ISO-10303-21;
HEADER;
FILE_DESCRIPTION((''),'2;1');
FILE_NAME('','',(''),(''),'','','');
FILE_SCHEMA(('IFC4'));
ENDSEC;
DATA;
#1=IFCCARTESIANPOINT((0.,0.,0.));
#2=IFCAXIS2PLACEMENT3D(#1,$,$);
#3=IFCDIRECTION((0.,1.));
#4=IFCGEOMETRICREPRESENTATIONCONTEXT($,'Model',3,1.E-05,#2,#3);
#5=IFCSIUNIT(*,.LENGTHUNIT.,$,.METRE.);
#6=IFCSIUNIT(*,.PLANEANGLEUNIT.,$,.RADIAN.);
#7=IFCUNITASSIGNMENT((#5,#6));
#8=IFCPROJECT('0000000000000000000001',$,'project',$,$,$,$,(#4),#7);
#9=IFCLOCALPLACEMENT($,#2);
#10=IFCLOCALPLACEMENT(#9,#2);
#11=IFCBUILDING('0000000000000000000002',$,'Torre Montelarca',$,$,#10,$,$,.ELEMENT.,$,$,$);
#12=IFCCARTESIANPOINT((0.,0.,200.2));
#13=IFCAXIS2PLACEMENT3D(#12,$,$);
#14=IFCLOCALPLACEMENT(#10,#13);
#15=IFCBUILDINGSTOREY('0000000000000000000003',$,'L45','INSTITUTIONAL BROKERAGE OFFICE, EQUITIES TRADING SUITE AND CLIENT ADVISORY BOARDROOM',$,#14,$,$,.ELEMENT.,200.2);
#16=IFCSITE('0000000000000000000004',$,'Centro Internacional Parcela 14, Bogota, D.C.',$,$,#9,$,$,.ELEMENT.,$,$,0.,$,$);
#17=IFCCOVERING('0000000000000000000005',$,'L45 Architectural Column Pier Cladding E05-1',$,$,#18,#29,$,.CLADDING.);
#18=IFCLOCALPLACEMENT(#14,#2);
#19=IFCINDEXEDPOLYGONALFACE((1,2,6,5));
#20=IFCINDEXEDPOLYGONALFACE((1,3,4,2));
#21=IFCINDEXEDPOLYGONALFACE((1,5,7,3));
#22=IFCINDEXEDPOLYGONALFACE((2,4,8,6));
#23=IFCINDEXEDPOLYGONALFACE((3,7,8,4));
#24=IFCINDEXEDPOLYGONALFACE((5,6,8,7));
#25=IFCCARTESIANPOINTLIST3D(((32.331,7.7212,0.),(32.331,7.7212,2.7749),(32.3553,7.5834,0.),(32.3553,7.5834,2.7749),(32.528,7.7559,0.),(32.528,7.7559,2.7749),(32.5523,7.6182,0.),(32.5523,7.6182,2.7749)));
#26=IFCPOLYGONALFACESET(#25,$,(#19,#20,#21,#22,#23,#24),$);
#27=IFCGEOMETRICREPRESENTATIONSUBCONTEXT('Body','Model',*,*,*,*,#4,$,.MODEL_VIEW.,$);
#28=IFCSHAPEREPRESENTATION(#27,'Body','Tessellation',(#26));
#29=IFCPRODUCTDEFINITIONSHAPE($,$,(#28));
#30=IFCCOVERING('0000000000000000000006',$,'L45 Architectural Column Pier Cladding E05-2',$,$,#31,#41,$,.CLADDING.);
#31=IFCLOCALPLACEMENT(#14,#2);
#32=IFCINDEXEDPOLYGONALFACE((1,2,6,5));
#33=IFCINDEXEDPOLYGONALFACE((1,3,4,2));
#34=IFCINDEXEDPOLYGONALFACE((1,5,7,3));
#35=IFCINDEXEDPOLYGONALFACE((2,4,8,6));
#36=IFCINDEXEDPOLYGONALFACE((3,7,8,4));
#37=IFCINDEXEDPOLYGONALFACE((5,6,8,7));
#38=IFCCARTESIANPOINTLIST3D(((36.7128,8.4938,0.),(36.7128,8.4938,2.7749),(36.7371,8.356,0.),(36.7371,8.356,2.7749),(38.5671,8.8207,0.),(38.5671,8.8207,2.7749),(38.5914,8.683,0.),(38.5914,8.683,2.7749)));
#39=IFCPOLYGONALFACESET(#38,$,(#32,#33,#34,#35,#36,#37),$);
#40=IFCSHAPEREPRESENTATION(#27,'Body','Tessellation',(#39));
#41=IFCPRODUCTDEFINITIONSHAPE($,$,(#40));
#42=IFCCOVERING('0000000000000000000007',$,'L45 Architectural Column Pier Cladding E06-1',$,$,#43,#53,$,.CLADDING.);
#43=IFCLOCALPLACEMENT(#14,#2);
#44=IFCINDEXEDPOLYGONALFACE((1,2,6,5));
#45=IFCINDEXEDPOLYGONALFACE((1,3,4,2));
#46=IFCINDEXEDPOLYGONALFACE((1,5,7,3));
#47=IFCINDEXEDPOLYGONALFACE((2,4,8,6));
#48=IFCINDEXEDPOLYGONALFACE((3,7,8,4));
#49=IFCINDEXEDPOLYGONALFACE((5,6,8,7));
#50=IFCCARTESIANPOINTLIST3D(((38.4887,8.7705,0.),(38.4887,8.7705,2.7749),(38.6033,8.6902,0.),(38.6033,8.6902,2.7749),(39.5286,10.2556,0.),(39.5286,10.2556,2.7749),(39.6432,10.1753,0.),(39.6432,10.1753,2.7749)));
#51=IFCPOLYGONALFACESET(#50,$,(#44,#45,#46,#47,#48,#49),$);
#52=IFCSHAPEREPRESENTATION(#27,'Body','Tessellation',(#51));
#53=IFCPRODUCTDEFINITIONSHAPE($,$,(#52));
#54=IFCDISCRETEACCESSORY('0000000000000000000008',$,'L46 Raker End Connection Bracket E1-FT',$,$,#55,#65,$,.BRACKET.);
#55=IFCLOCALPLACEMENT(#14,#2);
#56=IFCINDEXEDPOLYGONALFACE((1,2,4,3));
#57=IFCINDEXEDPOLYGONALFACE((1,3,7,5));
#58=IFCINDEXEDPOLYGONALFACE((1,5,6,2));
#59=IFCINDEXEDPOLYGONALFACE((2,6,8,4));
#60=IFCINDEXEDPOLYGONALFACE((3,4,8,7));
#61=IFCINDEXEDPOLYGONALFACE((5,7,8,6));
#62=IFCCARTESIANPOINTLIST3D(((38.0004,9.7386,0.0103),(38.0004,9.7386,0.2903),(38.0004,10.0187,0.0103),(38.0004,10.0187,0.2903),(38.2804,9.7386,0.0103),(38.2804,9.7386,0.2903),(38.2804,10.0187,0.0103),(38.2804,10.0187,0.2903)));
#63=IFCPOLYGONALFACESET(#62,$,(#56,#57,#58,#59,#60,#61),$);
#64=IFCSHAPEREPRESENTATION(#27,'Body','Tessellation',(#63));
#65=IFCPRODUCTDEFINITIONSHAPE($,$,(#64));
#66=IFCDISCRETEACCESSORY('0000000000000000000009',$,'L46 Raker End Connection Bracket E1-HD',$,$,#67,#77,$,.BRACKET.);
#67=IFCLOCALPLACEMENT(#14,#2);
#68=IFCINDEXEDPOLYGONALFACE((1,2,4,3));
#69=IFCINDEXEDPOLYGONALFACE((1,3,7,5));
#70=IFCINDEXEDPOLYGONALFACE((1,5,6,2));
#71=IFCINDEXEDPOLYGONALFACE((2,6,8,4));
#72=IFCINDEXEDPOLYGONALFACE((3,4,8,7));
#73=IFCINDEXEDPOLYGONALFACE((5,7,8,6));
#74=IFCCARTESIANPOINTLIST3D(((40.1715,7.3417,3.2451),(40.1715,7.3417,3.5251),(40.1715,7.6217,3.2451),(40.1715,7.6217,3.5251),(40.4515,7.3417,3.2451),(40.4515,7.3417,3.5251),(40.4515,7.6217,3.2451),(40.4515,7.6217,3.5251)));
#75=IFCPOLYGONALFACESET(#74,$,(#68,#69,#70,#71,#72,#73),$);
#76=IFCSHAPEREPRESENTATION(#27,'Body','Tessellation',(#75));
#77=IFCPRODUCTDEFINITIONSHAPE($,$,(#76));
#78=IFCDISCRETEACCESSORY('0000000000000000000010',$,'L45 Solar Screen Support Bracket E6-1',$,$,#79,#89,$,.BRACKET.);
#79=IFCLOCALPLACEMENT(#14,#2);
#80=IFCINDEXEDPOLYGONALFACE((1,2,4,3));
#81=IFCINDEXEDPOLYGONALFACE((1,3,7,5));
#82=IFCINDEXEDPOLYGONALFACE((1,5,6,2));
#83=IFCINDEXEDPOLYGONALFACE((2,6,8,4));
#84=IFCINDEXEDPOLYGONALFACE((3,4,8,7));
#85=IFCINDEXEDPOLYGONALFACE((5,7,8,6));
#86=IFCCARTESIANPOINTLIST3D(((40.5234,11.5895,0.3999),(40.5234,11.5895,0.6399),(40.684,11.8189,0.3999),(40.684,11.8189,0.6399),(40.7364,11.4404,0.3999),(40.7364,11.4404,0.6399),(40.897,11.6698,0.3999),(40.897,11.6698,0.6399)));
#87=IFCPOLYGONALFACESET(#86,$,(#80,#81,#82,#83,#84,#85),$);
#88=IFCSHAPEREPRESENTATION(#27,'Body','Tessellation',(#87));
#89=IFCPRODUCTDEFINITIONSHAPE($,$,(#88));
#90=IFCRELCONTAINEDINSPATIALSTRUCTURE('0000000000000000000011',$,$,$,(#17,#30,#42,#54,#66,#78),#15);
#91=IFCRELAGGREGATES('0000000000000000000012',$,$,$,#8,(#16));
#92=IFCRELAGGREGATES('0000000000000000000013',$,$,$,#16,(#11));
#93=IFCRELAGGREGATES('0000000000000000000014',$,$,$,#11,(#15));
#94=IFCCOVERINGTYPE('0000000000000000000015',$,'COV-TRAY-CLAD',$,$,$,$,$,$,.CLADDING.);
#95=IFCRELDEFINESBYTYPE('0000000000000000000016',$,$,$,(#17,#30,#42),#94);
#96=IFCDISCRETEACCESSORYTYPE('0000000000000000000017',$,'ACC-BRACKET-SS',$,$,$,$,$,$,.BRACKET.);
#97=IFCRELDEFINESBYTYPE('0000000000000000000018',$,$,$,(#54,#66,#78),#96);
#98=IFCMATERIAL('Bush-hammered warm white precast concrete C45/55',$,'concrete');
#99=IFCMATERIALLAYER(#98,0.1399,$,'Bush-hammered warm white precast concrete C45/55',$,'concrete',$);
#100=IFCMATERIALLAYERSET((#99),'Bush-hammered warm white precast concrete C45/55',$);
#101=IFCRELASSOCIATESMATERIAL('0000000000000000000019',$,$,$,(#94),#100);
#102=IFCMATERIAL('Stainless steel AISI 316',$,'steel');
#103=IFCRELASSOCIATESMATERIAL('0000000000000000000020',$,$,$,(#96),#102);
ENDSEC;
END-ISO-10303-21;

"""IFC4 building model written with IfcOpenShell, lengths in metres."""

from ifc_helpers import new_model, si_unit, direction, frame, origin, origin_2d, place, context, subcontext, project, spatial, rectangle, extrude, source, transform, mapped, material, layer, layer_set, type_object, element, save


model = new_model("IFC4")

# Units and contexts
model_context = context("Model", 3, precision=1e-05, world=origin(), true_north=direction((0.0, 1.0)))
body_context = subcontext(model_context, "Body", "Model", "MODEL_VIEW")
ifc_project = project(units=[si_unit("LENGTHUNIT", "METRE"), si_unit("PLANEANGLEUNIT", "RADIAN")], contexts=[model_context])

# Site, building, storey
site_placement = place(None, origin())
site = spatial("IfcSite", under=ifc_project, at=site_placement, Name="Centro Internacional Parcela 14, Bogota, D.C.", CompositionType="ELEMENT", RefElevation=0.0)
building_placement = place(site_placement, origin())
building = spatial("IfcBuilding", under=site, at=building_placement, Name="Torre Montelarca", CompositionType="ELEMENT")
storey_placement = place(building_placement, frame((0.0, 0.0, 200.2)))
storey = spatial("IfcBuildingStorey", under=building, at=storey_placement, Name="L45", Description="INSTITUTIONAL BROKERAGE OFFICE, EQUITIES TRADING SUITE AND CLIENT ADVISORY BOARDROOM", CompositionType="ELEMENT", Elevation=200.2)

# Shared definitions
ifc_material_1 = material(Name="Bush-hammered warm white precast concrete C45/55", Category="concrete")
ifc_layer_1 = layer(ifc_material_1, 0.1399, Name="Bush-hammered warm white precast concrete C45/55", Category="concrete")
ifc_layer_set_1 = layer_set([ifc_layer_1], Name="Bush-hammered warm white precast concrete C45/55")
covering_type = type_object("IfcCoveringType", Name="COV-TRAY-CLAD", PredefinedType="CLADDING", material=ifc_layer_set_1)

# Coverings
shared_shape_1 = source(origin(), body_context, "Body", "SweptSolid", [
    extrude(rectangle(XDim=0.2, YDim=0.1399, at=origin_2d()), origin(), (0.0, 0.0, 1.0), 2.7749),
])
covering_1_placement = place(storey_placement, frame((32.4417, 7.6697, 0.0), z_axis=(0.0, 0.0, 1.0), x_axis=(0.984808, 0.173645, 0.0)))
element("IfcCovering", 1, at=covering_1_placement, inside=storey, type_object=covering_type, Name="L45 Architectural Column Pier Cladding E05-1", PredefinedType="CLADDING", context=body_context, shape_type="MappedRepresentation", body=[
    mapped(shared_shape_1, transform((0.0, 0.0, 0.0), scale=1.0)),
])
shared_shape_2 = source(origin(), body_context, "Body", "SweptSolid", [
    extrude(rectangle(XDim=1.8828, YDim=0.1399, at=origin_2d()), origin(), (0.0, 0.0, 1.0), 2.7749),
])
covering_2_placement = place(storey_placement, frame((37.6521, 8.5884, 0.0), z_axis=(0.0, 0.0, 1.0), x_axis=(0.984808, 0.173645, 0.0)))
element("IfcCovering", 2, at=covering_2_placement, inside=storey, type_object=covering_type, Name="L45 Architectural Column Pier Cladding E05-2", PredefinedType="CLADDING", context=body_context, shape_type="MappedRepresentation", body=[
    mapped(shared_shape_2, transform((0.0, 0.0, 0.0), scale=1.0)),
])
shared_shape_3 = source(origin(), body_context, "Body", "SweptSolid", [
    extrude(rectangle(XDim=1.813, YDim=0.1399, at=origin_2d()), origin(), (0.0, 0.0, 1.0), 2.7749),
])
covering_3_placement = place(storey_placement, frame((39.0659, 9.4729, 0.0), z_axis=(0.0, 0.0, 1.0), x_axis=(0.573572, 0.819155, 0.0)))
element("IfcCovering", 3, at=covering_3_placement, inside=storey, type_object=covering_type, Name="L45 Architectural Column Pier Cladding E06-1", PredefinedType="CLADDING", context=body_context, shape_type="MappedRepresentation", body=[
    mapped(shared_shape_3, transform((0.0, 0.0, 0.0), scale=1.0)),
])

# Discrete accessories
ifc_material_2 = material(Name="Stainless steel AISI 316", Category="steel")
discrete_accessory_type = type_object("IfcDiscreteAccessoryType", Name="ACC-BRACKET-SS", PredefinedType="BRACKET", material=ifc_material_2)
shared_shape_4 = source(origin(), body_context, "Body", "SweptSolid", [
    extrude(rectangle(XDim=0.28, YDim=0.28, at=origin_2d()), origin(), (0.0, 0.0, 1.0), 0.28),
])
for number, where, z_axis, x_axis, name in (
    (4, (38.1404, 9.8787, 0.0103), (0.0, 0.0, 1.0), (1.0, 0.0, 0.0), "L46 Raker End Connection Bracket E1-FT"),
    (5, (40.3115, 7.4817, 3.2451), (0.0, 0.0, 1.0), (1.0, 0.0, 0.0), "L46 Raker End Connection Bracket E1-HD"),
):
    element("IfcDiscreteAccessory", number, at=place(storey_placement, frame(where, z_axis=z_axis, x_axis=x_axis)), inside=storey, type_object=discrete_accessory_type, Name=name, PredefinedType="BRACKET", context=body_context, shape_type="MappedRepresentation", body=[
        mapped(shared_shape_4, transform((0.0, 0.0, 0.0), scale=1.0)),
    ])
shared_shape_5 = source(origin(), body_context, "Body", "SweptSolid", [
    extrude(rectangle(XDim=0.28, YDim=0.26, at=origin_2d()), origin(), (0.0, 0.0, 1.0), 0.24),
])
discrete_accessory_placement = place(storey_placement, frame((40.7102, 11.6296, 0.3999), z_axis=(0.0, 0.0, 1.0), x_axis=(0.573576, 0.819152, 0.0)))
element("IfcDiscreteAccessory", 6, at=discrete_accessory_placement, inside=storey, type_object=discrete_accessory_type, Name="L45 Solar Screen Support Bracket E6-1", PredefinedType="BRACKET", context=body_context, shape_type="MappedRepresentation", body=[
    mapped(shared_shape_5, transform((0.0, 0.0, 0.0), scale=1.0)),
])

save(model, "model.ifc")
